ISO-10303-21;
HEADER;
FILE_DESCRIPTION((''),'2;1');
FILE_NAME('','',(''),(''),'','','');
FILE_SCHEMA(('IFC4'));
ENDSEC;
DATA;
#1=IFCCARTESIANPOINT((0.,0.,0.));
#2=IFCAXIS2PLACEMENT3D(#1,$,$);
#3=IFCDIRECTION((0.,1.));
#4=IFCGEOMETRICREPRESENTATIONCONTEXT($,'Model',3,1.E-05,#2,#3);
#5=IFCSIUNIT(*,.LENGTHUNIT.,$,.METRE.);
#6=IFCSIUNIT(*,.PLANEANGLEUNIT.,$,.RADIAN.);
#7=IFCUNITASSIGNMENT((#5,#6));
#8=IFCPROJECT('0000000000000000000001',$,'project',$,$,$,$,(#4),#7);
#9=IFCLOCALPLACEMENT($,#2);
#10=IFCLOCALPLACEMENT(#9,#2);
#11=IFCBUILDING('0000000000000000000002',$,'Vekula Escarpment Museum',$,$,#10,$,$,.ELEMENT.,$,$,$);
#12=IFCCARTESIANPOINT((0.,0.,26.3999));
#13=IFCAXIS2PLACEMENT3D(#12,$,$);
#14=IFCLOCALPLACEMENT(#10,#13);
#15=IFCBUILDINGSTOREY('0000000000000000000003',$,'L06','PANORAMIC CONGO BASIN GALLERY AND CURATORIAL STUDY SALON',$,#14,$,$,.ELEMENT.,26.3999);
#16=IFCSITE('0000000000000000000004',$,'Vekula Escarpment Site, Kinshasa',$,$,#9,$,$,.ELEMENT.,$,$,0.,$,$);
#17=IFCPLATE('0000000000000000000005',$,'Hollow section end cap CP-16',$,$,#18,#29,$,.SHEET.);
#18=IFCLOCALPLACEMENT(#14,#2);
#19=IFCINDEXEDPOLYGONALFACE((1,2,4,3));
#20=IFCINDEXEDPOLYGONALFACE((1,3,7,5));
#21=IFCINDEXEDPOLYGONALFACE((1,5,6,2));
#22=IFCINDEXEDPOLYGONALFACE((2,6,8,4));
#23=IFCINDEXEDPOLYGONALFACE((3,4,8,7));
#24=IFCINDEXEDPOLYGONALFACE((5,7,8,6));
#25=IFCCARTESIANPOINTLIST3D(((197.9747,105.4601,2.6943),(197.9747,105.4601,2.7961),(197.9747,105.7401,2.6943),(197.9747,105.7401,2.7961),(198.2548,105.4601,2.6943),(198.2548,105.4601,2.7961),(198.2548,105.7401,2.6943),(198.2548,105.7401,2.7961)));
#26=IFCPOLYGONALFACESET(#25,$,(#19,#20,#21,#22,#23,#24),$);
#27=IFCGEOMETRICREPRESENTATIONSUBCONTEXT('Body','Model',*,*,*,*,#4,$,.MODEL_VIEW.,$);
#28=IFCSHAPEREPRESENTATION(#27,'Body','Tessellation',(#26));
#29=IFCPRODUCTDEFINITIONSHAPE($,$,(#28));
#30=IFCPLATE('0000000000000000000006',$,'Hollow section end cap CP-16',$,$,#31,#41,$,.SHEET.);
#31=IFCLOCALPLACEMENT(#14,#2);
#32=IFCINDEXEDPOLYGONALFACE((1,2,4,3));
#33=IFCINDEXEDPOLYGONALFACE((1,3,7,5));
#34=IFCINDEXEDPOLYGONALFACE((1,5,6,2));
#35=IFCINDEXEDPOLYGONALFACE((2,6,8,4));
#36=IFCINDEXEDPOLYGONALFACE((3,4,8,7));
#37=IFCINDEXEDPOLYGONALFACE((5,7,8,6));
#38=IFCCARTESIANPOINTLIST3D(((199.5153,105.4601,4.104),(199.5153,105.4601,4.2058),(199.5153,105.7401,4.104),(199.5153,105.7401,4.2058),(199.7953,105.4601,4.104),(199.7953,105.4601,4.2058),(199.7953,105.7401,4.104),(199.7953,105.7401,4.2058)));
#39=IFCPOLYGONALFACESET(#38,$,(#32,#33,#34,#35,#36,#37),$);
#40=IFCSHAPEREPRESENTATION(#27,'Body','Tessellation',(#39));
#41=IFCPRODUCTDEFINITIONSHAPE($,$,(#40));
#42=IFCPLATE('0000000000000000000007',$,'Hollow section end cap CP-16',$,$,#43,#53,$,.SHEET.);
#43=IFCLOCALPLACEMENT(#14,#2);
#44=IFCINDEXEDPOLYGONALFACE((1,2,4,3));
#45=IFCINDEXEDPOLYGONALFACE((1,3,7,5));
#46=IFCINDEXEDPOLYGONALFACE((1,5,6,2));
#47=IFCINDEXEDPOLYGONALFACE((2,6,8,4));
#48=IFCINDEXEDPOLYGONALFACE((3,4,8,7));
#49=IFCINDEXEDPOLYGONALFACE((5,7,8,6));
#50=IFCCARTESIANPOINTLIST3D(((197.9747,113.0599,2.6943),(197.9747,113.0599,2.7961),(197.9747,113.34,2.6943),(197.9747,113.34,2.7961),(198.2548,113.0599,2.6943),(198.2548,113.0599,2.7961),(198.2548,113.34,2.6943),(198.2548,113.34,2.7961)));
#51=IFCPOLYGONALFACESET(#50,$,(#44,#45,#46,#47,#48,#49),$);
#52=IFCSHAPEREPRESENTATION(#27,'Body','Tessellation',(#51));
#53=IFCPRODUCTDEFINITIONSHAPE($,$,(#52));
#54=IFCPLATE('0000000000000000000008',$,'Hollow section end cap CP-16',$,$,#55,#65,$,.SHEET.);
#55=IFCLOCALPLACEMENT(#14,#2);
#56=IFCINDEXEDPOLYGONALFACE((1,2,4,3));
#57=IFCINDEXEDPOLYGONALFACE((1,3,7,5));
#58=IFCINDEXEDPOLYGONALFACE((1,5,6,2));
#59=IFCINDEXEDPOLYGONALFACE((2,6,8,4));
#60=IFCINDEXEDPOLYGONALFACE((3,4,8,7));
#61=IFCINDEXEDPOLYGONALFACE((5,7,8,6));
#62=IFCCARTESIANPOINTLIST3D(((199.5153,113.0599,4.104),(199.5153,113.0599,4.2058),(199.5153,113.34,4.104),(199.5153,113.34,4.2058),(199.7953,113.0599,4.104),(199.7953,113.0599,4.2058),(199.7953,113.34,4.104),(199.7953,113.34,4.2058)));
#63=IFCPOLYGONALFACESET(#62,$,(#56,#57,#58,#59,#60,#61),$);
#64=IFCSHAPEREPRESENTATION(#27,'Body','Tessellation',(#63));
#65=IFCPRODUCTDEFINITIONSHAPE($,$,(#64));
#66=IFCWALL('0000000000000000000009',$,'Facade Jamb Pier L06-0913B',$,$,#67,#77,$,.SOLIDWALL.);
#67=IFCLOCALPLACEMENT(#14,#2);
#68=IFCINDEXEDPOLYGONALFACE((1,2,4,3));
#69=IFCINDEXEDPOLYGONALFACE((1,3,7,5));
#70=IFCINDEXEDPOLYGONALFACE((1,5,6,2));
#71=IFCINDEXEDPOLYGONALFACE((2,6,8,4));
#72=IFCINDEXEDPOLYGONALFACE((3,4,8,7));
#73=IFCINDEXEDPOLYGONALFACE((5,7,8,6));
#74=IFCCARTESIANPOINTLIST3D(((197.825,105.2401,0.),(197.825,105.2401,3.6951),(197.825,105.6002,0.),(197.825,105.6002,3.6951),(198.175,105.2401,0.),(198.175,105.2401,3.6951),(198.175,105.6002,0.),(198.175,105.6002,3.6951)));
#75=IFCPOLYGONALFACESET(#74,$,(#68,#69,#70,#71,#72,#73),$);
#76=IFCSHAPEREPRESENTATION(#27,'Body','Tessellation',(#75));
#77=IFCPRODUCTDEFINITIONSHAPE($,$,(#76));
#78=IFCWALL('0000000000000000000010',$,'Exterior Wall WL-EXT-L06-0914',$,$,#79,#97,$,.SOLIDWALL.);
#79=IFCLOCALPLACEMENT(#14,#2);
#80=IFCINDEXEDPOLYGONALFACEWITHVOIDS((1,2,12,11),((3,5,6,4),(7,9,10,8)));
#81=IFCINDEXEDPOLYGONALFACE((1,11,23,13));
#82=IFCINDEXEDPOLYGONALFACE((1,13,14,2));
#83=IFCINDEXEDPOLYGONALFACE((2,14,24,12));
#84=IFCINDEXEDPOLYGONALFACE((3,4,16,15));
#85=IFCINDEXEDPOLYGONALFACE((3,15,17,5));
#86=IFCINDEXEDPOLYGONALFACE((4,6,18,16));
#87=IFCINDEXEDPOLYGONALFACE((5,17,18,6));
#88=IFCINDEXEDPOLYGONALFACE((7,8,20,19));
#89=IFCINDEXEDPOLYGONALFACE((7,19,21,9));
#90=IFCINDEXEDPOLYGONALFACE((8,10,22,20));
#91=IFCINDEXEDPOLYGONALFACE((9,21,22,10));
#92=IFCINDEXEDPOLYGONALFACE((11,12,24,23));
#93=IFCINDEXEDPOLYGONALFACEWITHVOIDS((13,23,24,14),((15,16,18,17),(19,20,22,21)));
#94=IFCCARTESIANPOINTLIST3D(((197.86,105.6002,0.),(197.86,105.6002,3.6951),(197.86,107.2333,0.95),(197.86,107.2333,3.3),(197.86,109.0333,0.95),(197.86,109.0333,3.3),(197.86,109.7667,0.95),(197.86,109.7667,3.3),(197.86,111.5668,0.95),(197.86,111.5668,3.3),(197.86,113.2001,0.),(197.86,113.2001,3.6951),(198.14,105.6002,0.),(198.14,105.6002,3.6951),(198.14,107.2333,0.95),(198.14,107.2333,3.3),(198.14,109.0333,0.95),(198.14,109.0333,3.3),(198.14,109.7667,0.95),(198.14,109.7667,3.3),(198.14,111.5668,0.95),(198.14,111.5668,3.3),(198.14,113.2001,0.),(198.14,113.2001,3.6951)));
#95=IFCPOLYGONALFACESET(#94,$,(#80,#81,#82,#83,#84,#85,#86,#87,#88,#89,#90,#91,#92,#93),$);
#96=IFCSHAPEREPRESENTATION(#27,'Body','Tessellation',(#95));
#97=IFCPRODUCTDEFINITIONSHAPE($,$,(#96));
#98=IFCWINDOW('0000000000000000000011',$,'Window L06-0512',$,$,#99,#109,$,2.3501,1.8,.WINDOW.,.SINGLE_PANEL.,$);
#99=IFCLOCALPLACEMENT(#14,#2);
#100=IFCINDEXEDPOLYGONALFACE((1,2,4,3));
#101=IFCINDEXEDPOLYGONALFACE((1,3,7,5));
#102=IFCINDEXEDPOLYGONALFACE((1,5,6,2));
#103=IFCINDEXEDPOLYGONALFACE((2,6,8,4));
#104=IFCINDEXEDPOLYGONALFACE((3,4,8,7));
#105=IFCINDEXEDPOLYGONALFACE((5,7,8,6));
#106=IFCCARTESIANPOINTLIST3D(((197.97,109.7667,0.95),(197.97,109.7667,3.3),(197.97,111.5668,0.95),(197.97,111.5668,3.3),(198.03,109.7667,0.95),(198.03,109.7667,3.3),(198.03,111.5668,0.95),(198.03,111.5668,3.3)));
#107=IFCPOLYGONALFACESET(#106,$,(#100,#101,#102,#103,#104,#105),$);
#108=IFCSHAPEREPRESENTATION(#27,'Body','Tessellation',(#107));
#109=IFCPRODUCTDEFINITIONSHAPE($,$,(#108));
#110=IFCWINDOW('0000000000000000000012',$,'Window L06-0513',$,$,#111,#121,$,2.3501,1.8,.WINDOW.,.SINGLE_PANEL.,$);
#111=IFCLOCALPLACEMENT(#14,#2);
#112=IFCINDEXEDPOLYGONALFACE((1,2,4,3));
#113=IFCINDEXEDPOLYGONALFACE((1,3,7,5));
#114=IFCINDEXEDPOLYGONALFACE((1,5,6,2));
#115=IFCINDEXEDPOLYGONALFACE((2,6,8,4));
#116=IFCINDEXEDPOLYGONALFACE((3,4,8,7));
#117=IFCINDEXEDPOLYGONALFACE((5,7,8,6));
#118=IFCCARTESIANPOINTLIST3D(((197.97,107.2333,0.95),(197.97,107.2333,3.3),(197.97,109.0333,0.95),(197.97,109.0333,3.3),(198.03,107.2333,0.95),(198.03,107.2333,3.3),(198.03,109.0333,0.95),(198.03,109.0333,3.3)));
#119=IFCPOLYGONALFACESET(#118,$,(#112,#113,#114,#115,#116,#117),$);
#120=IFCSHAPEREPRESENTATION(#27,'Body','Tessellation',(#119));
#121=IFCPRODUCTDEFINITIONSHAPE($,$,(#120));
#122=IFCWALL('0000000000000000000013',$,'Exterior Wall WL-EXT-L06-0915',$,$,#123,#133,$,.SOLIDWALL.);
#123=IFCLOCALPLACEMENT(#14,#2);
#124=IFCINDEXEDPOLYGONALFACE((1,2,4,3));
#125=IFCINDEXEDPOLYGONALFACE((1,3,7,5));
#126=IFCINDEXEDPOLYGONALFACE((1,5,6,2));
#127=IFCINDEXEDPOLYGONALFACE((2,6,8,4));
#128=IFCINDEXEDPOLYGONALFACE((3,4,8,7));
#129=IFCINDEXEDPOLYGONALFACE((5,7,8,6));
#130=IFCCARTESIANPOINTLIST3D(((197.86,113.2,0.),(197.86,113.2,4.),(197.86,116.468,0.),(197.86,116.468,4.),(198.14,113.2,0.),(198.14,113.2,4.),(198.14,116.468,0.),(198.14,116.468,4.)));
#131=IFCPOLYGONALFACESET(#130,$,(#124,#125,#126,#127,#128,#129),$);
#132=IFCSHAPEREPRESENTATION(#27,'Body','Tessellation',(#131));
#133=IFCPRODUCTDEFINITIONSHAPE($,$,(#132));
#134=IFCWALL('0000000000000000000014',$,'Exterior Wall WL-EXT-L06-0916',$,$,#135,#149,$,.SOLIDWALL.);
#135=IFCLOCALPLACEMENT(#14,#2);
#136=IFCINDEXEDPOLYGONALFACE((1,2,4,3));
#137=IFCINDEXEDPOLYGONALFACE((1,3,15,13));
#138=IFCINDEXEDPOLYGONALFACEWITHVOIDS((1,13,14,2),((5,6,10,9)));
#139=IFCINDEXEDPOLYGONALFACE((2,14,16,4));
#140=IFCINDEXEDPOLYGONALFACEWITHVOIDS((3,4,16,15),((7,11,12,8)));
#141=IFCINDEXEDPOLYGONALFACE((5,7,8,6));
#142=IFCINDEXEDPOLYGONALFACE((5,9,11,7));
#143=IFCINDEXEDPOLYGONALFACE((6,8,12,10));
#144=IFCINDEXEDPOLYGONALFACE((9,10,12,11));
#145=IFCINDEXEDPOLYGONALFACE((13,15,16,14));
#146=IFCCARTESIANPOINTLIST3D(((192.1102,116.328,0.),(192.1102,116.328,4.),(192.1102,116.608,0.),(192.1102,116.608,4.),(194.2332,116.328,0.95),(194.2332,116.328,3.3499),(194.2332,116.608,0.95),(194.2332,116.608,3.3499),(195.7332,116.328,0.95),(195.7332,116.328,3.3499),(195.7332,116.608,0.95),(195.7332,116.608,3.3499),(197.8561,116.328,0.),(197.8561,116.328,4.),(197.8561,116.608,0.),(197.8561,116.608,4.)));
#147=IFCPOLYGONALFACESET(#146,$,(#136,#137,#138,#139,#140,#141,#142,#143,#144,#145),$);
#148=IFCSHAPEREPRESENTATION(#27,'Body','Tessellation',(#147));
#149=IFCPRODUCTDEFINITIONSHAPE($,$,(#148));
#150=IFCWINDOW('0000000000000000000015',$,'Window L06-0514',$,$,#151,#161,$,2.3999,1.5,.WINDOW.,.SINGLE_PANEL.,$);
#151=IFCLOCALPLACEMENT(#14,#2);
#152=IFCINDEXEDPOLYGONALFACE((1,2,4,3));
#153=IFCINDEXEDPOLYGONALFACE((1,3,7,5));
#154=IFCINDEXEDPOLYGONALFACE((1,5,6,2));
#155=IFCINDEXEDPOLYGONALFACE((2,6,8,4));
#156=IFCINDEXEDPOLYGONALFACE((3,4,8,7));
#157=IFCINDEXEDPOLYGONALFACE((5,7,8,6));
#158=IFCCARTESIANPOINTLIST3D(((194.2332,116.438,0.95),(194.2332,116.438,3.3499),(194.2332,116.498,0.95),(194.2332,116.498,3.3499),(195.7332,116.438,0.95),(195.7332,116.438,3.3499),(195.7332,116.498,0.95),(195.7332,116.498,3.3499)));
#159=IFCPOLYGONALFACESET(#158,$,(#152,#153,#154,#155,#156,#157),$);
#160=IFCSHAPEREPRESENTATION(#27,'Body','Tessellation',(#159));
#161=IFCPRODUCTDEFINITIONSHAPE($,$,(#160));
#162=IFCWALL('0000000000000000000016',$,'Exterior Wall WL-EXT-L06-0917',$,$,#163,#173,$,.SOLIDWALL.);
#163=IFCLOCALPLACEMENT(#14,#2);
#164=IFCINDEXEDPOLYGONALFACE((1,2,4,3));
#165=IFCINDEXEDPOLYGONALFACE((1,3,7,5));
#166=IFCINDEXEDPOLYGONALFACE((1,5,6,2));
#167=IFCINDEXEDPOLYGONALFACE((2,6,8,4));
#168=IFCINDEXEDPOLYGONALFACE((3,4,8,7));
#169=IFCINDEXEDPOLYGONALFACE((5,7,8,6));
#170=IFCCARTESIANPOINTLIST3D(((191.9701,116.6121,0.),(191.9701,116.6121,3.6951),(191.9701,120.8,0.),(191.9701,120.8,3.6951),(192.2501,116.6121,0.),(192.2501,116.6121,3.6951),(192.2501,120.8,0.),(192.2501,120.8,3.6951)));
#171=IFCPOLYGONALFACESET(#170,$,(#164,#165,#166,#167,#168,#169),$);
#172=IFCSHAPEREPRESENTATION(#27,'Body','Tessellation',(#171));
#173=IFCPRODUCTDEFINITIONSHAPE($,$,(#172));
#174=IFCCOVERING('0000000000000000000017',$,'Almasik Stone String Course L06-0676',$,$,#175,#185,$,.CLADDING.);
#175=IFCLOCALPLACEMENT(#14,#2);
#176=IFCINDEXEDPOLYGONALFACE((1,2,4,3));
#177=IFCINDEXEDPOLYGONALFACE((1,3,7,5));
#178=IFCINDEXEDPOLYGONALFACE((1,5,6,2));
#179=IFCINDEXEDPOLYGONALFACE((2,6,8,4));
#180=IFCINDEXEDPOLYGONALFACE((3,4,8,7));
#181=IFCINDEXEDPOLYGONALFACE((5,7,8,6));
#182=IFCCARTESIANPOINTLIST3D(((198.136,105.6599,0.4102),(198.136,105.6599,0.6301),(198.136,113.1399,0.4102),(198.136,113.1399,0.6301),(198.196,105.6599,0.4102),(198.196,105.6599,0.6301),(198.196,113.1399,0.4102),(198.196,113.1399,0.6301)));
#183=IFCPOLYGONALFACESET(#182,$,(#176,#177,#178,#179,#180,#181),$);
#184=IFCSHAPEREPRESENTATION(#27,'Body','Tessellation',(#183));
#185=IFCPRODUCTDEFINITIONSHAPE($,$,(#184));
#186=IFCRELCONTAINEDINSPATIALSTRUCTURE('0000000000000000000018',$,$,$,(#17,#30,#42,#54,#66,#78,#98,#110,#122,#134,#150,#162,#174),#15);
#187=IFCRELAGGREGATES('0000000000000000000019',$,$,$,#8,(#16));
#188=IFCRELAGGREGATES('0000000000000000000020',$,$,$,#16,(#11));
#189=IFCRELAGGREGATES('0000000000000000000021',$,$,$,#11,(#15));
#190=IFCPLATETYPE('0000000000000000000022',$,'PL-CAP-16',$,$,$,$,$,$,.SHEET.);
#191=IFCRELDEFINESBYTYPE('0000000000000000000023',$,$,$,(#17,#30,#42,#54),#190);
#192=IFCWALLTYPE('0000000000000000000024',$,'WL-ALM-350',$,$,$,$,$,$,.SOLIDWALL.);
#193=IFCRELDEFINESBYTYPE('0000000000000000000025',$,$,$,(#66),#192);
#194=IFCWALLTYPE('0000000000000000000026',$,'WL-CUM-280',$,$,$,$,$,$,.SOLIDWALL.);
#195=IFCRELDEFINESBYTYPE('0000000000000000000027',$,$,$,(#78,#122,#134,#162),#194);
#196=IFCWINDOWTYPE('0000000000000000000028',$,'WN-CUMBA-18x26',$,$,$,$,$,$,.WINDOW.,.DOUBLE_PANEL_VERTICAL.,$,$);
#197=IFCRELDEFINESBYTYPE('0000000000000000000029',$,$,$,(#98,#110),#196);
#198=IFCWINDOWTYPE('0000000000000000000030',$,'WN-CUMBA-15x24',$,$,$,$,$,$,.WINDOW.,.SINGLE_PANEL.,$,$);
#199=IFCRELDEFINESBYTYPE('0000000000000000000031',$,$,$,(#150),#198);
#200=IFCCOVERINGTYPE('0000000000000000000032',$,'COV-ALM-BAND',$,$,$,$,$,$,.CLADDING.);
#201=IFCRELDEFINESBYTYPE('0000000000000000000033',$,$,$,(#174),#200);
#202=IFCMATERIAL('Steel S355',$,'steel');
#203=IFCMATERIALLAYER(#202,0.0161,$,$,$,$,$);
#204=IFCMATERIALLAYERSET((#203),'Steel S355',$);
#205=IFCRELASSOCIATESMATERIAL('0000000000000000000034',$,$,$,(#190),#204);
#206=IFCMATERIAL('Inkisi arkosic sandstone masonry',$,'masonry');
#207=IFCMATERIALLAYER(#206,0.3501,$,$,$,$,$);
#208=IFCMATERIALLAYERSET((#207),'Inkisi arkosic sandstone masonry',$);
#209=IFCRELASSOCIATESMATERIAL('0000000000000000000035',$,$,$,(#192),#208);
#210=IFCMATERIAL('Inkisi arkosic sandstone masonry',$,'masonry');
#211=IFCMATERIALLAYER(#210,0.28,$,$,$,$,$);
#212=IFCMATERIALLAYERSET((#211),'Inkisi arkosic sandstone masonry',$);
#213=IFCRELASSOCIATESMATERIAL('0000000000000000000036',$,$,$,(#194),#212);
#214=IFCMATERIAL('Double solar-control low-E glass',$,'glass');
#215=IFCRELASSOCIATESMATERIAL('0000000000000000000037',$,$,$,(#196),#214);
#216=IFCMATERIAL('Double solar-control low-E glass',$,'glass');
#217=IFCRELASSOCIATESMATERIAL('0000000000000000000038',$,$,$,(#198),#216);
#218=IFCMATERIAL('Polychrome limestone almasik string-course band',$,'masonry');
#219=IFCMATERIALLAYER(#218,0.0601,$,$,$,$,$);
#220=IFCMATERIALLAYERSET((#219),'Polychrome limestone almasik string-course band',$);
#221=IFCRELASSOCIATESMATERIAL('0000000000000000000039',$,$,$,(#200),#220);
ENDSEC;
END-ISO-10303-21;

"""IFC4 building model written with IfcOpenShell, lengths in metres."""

from ifc_helpers import new_model, si_unit, direction, frame, frame_2d, origin, origin_2d, place, context, subcontext, project, spatial, rectangle, extrude, material, layer, layer_set, type_object, element, fill, save


model = new_model("IFC4")

# Units and contexts
model_context = context("Model", 3, precision=1e-05, world=origin(), true_north=direction((0.0, 1.0)))
body_context = subcontext(model_context, "Body", "Model", "MODEL_VIEW")
ifc_project = project(units=[si_unit("LENGTHUNIT", "METRE"), si_unit("PLANEANGLEUNIT", "RADIAN")], contexts=[model_context])

# Site, building, storey
site_placement = place(None, origin())
site = spatial("IfcSite", under=ifc_project, at=site_placement, Name="Vekula Escarpment Site, Kinshasa", CompositionType="ELEMENT", RefElevation=0.0)
building_placement = place(site_placement, origin())
building = spatial("IfcBuilding", under=site, at=building_placement, Name="Vekula Escarpment Museum", CompositionType="ELEMENT")
storey_placement = place(building_placement, frame((0.0, 0.0, 26.3999)))
storey = spatial("IfcBuildingStorey", under=building, at=storey_placement, Name="L06", Description="PANORAMIC CONGO BASIN GALLERY AND CURATORIAL STUDY SALON", CompositionType="ELEMENT", Elevation=26.3999)

# Plates
ifc_material_1 = material(Name="Steel S355", Category="steel")
ifc_layer_1 = layer(ifc_material_1, 0.0161)
ifc_layer_set_1 = layer_set([ifc_layer_1], Name="Steel S355")
plate_type_1 = type_object("IfcPlateType", Name="PL-CAP-16", PredefinedType="SHEET", material=ifc_layer_set_1)
for number, where, z_axis, x_axis, name in (
    (1, (198.1147, 105.6001, 2.6943), (0.0, 0.0, 1.0), (1.0, 0.0, 0.0), "Hollow section end cap CP-16"),
    (2, (199.6553, 105.6001, 4.104), (0.0, 0.0, 1.0), (1.0, 0.0, 0.0), "Hollow section end cap CP-16"),
    (3, (198.1147, 113.2, 2.6943), (0.0, 0.0, 1.0), (1.0, 0.0, 0.0), "Hollow section end cap CP-16"),
    (4, (199.6553, 113.2, 4.104), (0.0, 0.0, 1.0), (1.0, 0.0, 0.0), "Hollow section end cap CP-16"),
):
    element("IfcPlate", number, at=place(storey_placement, frame(where, z_axis=z_axis, x_axis=x_axis)), inside=storey, type_object=plate_type_1, Name=name, PredefinedType="SHEET", context=body_context, shape_type="SweptSolid", body=[
        extrude(rectangle(XDim=0.28, YDim=0.28, at=origin_2d()), origin(), (0.0, 0.0, 1.0), 0.1018),
    ])

# Wall
ifc_material_2 = material(Name="Inkisi arkosic sandstone masonry", Category="masonry")
ifc_layer_2 = layer(ifc_material_2, 0.3501)
ifc_layer_set_2 = layer_set([ifc_layer_2], Name="Inkisi arkosic sandstone masonry")
wall_type_1 = type_object("IfcWallType", Name="WL-ALM-350", PredefinedType="SOLIDWALL", material=ifc_layer_set_2)
wall_1_placement = place(storey_placement, frame((198.0, 105.24, 0.0), z_axis=(0.0, 0.0, 1.0), x_axis=(0.0, 1.0, 0.0)))
element("IfcWall", 5, at=wall_1_placement, inside=storey, type_object=wall_type_1, Name="Facade Jamb Pier L06-0913B", PredefinedType="SOLIDWALL", context=body_context, shape_type="SweptSolid", body=[
    extrude(rectangle(XDim=0.3601, YDim=0.3501, at=frame_2d((0.1802, 0.0))), origin(), (0.0, 0.0, 1.0), 3.6951),
])

# Wall, openings, windows
ifc_material_3 = material(Name="Inkisi arkosic sandstone masonry", Category="masonry")
ifc_layer_3 = layer(ifc_material_3, 0.28)
ifc_layer_set_3 = layer_set([ifc_layer_3], Name="Inkisi arkosic sandstone masonry")
wall_type_2 = type_object("IfcWallType", Name="WL-CUM-280", PredefinedType="SOLIDWALL", material=ifc_layer_set_3)
wall_2_placement = place(storey_placement, frame((198.0, 113.2, 0.0), z_axis=(0.0, 0.0, 1.0), x_axis=(0.0, -1.0, 0.0)))
wall_2 = element("IfcWall", 6, at=wall_2_placement, inside=storey, type_object=wall_type_2, Name="Exterior Wall WL-EXT-L06-0914", PredefinedType="SOLIDWALL", context=body_context, shape_type="SweptSolid", body=[
    extrude(rectangle(XDim=7.5999, YDim=0.28, at=frame_2d((3.7998, 0.0))), origin(), (0.0, 0.0, 1.0), 3.6951),
])
opening_1_placement = place(wall_2_placement, frame((1.6333, 0.0, 0.95)))
opening_1 = element("IfcOpeningElement", 7, at=opening_1_placement, cuts=wall_2, PredefinedType="OPENING", context=body_context, shape_type="SweptSolid", body=[
    extrude(rectangle(XDim=1.8, YDim=2.3501, at=frame_2d((0.8999, 1.175))), frame((0.0, 0.1499, 0.0), z_axis=(0.0, -1.0, 0.0), x_axis=(1.0, 0.0, 0.0)), (0.0, 0.0, 1.0), 0.3),
])
opening_2_placement = place(wall_2_placement, frame((4.1667, 0.0, 0.95)))
opening_2 = element("IfcOpeningElement", 8, at=opening_2_placement, cuts=wall_2, PredefinedType="OPENING", context=body_context, shape_type="SweptSolid", body=[
    extrude(rectangle(XDim=1.8, YDim=2.3501, at=frame_2d((0.8999, 1.175))), frame((0.0, 0.1499, 0.0), z_axis=(0.0, -1.0, 0.0), x_axis=(1.0, 0.0, 0.0)), (0.0, 0.0, 1.0), 0.3),
])
ifc_material_4 = material(Name="Double solar-control low-E glass", Category="glass")
window_type_1 = type_object("IfcWindowType", Name="WN-CUMBA-18x26", PartitioningType="DOUBLE_PANEL_VERTICAL", PredefinedType="WINDOW", material=ifc_material_4)
window_1_placement = place(opening_1_placement, origin())
window_1 = element("IfcWindow", 9, at=window_1_placement, inside=storey, type_object=window_type_1, Name="Window L06-0512", OverallHeight=2.3501, OverallWidth=1.8, PartitioningType="SINGLE_PANEL", PredefinedType="WINDOW", context=body_context, shape_type="SweptSolid", body=[
    extrude(rectangle(XDim=1.8, YDim=2.3501, at=frame_2d((0.8999, 1.175))), frame((0.0, 0.03, 0.0), z_axis=(0.0, -1.0, 0.0), x_axis=(1.0, 0.0, 0.0)), (0.0, 0.0, 1.0), 0.0601),
])
fill(opening_1, window_1)
window_2_placement = place(opening_2_placement, origin())
window_2 = element("IfcWindow", 10, at=window_2_placement, inside=storey, type_object=window_type_1, Name="Window L06-0513", OverallHeight=2.3501, OverallWidth=1.8, PartitioningType="SINGLE_PANEL", PredefinedType="WINDOW", context=body_context, shape_type="SweptSolid", body=[
    extrude(rectangle(XDim=1.8, YDim=2.3501, at=frame_2d((0.8999, 1.175))), frame((0.0, 0.03, 0.0), z_axis=(0.0, -1.0, 0.0), x_axis=(1.0, 0.0, 0.0)), (0.0, 0.0, 1.0), 0.0601),
])
fill(opening_2, window_2)

# Wall
wall_3_placement = place(storey_placement, frame((198.0, 116.468, 0.0), z_axis=(0.0, 0.0, 1.0), x_axis=(0.0, -1.0, 0.0)))
element("IfcWall", 11, at=wall_3_placement, inside=storey, type_object=wall_type_2, Name="Exterior Wall WL-EXT-L06-0915", PredefinedType="SOLIDWALL", context=body_context, shape_type="SweptSolid", body=[
    extrude(rectangle(XDim=3.2681, YDim=0.28, at=frame_2d((1.634, 0.0))), origin(), (0.0, 0.0, 1.0), 4.0),
])

# Wall, opening, window
wall_4_placement = place(storey_placement, frame((192.1101, 116.468, 0.0), z_axis=(0.0, 0.0, 1.0), x_axis=(1.0, 0.0, 0.0)))
wall_4 = element("IfcWall", 12, at=wall_4_placement, inside=storey, type_object=wall_type_2, Name="Exterior Wall WL-EXT-L06-0916", PredefinedType="SOLIDWALL", context=body_context, shape_type="SweptSolid", body=[
    extrude(rectangle(XDim=5.7458, YDim=0.28, at=frame_2d((2.873, 0.0))), origin(), (0.0, 0.0, 1.0), 4.0),
])
opening_3_placement = place(wall_4_placement, frame((2.123, 0.0, 0.95)))
opening_3 = element("IfcOpeningElement", 13, at=opening_3_placement, cuts=wall_4, PredefinedType="OPENING", context=body_context, shape_type="SweptSolid", body=[
    extrude(rectangle(XDim=1.5, YDim=2.3999, at=frame_2d((0.75, 1.2))), frame((0.0, 0.1499, 0.0), z_axis=(0.0, -1.0, 0.0), x_axis=(1.0, 0.0, 0.0)), (0.0, 0.0, 1.0), 0.3),
])
ifc_material_5 = material(Name="Double solar-control low-E glass", Category="glass")
window_type_2 = type_object("IfcWindowType", Name="WN-CUMBA-15x24", PartitioningType="SINGLE_PANEL", PredefinedType="WINDOW", material=ifc_material_5)
window_3_placement = place(opening_3_placement, origin())
window_3 = element("IfcWindow", 14, at=window_3_placement, inside=storey, type_object=window_type_2, Name="Window L06-0514", OverallHeight=2.3999, OverallWidth=1.5, PartitioningType="SINGLE_PANEL", PredefinedType="WINDOW", context=body_context, shape_type="SweptSolid", body=[
    extrude(rectangle(XDim=1.5, YDim=2.3999, at=frame_2d((0.75, 1.2))), frame((0.0, 0.03, 0.0), z_axis=(0.0, -1.0, 0.0), x_axis=(1.0, 0.0, 0.0)), (0.0, 0.0, 1.0), 0.0601),
])
fill(opening_3, window_3)

# Wall
wall_5_placement = place(storey_placement, frame((192.1101, 120.8, 0.0), z_axis=(0.0, 0.0, 1.0), x_axis=(0.0, -1.0, 0.0)))
element("IfcWall", 15, at=wall_5_placement, inside=storey, type_object=wall_type_2, Name="Exterior Wall WL-EXT-L06-0917", PredefinedType="SOLIDWALL", context=body_context, shape_type="SweptSolid", body=[
    extrude(rectangle(XDim=4.188, YDim=0.28, at=frame_2d((2.094, 0.0))), origin(), (0.0, 0.0, 1.0), 3.6951),
])

# Covering
ifc_material_6 = material(Name="Polychrome limestone almasik string-course band", Category="masonry")
ifc_layer_4 = layer(ifc_material_6, 0.0601)
ifc_layer_set_4 = layer_set([ifc_layer_4], Name="Polychrome limestone almasik string-course band")
covering_type = type_object("IfcCoveringType", Name="COV-ALM-BAND", PredefinedType="CLADDING", material=ifc_layer_set_4)
covering_1_placement = place(storey_placement, frame((198.166, 109.3999, 0.4102), z_axis=(0.0, 0.0, 1.0), x_axis=(0.0, 1.0, 0.0)))
element("IfcCovering", 16, at=covering_1_placement, inside=storey, type_object=covering_type, Name="Almasik Stone String Course L06-0676", PredefinedType="CLADDING", context=body_context, shape_type="SweptSolid", body=[
    extrude(rectangle(XDim=7.48, YDim=0.0601, at=origin_2d()), origin(), (0.0, 0.0, 1.0), 0.22),
])

save(model, "model.ifc")
